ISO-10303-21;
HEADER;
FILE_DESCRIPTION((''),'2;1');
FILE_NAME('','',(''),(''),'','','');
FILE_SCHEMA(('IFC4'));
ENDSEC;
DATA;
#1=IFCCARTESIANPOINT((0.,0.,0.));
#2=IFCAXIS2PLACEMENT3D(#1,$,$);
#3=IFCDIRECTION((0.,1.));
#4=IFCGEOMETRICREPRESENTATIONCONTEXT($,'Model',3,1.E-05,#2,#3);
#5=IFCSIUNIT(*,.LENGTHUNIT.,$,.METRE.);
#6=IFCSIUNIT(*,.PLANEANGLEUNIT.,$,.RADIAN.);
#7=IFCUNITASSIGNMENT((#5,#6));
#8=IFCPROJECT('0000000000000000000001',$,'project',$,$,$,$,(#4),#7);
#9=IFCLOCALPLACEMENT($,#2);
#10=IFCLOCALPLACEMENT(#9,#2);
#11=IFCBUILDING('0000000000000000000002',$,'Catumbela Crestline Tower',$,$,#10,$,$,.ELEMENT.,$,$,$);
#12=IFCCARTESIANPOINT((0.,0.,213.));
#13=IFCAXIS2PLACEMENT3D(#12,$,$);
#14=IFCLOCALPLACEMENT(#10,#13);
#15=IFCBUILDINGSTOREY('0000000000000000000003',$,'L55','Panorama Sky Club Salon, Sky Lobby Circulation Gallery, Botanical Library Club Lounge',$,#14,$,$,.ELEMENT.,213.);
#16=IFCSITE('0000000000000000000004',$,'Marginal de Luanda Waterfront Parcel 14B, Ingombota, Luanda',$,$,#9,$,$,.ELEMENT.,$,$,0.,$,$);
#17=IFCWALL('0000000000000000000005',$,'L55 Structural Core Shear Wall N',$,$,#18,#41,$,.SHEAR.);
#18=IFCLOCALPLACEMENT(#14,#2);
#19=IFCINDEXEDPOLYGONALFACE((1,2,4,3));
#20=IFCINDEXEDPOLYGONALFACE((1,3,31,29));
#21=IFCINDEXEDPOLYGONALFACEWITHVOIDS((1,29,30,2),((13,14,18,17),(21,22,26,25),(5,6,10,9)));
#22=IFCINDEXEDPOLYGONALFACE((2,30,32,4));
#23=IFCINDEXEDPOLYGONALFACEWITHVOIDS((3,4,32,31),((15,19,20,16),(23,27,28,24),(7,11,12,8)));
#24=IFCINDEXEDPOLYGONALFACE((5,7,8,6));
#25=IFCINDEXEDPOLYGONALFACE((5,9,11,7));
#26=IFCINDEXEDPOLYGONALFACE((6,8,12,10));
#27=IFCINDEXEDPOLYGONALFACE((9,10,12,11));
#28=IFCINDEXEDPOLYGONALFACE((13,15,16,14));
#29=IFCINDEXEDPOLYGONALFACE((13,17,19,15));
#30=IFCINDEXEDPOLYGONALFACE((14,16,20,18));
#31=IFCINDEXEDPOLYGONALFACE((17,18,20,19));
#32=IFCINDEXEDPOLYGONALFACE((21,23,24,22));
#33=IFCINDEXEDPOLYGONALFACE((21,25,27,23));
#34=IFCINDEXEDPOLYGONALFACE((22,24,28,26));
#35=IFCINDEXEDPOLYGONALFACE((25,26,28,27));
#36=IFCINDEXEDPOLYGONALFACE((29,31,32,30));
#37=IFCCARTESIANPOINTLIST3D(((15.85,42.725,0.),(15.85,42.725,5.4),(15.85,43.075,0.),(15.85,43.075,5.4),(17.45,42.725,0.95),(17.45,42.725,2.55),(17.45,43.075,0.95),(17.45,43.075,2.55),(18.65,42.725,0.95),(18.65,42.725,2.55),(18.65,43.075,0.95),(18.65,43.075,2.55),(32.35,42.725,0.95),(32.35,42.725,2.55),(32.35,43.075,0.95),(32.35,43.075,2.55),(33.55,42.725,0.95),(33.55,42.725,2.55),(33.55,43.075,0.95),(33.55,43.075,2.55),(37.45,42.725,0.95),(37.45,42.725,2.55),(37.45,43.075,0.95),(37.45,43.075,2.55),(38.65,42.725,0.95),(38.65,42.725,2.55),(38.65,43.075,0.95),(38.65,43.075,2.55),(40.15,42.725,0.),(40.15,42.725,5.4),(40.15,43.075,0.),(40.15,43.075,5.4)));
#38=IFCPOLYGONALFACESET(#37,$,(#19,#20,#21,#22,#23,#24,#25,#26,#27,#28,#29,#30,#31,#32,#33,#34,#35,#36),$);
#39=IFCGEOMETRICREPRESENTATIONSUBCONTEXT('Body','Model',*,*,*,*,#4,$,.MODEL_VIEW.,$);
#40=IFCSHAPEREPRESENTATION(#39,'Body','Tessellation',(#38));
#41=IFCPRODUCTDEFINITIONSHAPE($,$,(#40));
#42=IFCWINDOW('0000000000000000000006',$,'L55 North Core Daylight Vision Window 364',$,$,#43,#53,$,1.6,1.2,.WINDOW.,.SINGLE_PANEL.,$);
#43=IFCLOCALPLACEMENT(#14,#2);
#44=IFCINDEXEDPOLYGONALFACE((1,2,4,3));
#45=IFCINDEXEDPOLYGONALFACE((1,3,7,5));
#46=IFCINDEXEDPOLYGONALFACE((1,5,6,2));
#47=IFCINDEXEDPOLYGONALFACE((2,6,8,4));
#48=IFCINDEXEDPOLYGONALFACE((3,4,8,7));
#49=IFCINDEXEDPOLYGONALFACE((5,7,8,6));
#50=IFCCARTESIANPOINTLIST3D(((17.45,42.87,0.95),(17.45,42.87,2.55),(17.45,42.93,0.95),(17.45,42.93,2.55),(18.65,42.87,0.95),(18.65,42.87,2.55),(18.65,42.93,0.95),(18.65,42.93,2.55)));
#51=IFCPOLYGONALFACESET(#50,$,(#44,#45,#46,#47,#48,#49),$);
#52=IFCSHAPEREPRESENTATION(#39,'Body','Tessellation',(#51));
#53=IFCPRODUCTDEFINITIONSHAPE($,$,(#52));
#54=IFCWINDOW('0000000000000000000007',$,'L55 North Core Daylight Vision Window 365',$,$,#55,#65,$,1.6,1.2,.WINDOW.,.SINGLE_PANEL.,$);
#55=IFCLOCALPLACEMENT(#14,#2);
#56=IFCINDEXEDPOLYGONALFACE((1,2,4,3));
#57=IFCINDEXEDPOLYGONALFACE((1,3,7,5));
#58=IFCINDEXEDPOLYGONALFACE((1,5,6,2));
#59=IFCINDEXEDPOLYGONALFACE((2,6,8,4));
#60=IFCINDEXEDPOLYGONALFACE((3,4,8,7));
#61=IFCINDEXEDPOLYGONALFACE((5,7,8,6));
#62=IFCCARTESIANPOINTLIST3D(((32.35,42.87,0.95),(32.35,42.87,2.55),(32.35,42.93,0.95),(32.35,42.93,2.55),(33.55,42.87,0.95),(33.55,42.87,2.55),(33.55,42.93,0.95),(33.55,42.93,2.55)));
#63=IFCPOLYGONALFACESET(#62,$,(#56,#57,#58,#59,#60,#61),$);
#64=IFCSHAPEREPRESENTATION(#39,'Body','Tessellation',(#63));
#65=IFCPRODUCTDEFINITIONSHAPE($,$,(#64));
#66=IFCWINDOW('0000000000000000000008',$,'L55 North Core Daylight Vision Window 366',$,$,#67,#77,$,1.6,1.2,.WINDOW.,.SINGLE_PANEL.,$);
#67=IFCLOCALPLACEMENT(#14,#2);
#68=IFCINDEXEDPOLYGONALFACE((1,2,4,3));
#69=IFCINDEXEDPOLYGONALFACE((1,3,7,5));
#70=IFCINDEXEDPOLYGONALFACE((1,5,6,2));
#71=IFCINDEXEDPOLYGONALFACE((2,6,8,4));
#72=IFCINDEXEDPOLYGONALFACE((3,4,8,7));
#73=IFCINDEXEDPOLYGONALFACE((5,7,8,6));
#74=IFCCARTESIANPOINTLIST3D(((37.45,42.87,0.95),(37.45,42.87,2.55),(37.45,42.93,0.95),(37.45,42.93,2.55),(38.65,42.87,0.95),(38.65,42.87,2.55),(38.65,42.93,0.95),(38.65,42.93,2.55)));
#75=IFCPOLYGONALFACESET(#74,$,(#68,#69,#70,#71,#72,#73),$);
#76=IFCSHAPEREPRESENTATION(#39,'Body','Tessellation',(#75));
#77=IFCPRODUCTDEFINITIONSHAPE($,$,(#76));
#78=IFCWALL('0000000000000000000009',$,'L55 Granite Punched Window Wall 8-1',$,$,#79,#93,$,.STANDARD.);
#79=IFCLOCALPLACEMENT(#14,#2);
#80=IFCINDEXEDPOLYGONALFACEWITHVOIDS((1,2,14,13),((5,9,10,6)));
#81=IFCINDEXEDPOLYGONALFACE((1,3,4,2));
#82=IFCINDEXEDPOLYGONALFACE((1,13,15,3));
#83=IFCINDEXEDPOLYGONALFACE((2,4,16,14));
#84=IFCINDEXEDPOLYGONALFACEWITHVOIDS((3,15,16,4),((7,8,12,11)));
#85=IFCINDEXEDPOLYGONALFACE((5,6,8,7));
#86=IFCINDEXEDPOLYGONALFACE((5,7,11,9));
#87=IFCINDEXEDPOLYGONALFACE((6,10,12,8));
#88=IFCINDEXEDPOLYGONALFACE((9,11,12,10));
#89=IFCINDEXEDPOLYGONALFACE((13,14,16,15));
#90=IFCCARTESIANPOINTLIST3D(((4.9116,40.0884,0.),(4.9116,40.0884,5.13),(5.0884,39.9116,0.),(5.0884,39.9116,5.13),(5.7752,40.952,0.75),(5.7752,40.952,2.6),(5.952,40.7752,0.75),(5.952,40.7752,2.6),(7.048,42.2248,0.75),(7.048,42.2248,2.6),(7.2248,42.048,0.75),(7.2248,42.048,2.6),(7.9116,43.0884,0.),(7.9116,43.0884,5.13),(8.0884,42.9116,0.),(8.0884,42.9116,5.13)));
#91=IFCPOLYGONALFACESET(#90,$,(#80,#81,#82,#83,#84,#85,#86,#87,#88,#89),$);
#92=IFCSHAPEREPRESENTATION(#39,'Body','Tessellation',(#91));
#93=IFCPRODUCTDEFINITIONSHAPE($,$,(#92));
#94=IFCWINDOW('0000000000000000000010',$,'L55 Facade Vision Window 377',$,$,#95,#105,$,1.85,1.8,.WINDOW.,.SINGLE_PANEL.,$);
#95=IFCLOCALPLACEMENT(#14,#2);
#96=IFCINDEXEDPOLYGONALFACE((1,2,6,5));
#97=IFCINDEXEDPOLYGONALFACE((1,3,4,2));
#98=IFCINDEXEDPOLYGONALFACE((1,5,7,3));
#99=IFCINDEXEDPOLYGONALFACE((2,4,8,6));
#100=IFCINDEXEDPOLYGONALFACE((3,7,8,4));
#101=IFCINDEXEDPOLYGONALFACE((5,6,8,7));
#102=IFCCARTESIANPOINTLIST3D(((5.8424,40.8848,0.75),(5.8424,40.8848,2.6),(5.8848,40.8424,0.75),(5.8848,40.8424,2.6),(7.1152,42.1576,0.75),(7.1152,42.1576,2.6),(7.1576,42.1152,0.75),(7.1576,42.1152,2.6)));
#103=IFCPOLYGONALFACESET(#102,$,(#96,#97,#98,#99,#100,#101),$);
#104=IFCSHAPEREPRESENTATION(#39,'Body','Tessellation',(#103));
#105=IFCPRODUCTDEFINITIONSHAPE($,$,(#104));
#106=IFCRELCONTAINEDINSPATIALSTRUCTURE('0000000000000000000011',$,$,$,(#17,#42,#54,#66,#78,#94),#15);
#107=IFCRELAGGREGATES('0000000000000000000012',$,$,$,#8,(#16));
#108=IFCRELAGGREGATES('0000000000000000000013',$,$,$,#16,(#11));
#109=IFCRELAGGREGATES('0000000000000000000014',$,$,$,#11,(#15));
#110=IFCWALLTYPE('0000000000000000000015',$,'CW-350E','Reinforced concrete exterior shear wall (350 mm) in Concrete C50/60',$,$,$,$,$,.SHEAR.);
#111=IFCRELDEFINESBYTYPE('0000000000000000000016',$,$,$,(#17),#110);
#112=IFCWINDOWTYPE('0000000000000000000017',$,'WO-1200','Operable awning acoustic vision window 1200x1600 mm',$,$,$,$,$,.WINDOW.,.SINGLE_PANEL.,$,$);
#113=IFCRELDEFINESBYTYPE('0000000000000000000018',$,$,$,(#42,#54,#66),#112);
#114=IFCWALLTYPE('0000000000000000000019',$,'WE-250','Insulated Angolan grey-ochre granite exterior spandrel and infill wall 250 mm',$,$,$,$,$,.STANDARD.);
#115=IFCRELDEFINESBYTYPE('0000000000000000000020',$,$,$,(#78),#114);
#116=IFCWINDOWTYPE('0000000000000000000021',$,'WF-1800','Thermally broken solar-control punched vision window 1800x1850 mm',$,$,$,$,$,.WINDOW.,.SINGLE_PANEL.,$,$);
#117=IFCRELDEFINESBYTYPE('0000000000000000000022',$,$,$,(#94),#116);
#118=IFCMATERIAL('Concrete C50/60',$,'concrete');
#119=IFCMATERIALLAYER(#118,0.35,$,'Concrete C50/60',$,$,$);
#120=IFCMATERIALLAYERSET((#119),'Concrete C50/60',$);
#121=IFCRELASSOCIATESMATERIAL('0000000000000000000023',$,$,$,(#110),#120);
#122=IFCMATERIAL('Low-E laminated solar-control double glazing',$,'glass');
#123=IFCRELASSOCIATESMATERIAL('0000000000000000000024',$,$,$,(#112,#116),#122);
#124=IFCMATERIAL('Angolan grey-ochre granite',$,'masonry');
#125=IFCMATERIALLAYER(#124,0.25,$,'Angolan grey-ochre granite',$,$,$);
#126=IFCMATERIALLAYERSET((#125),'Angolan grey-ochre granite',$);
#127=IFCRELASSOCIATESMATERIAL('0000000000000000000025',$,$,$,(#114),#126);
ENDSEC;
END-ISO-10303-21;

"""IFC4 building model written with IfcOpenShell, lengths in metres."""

from ifc_helpers import new_model, si_unit, direction, frame, frame_2d, origin, place, context, subcontext, project, spatial, rectangle, extrude, material, layer, layer_set, type_object, element, fill, save


model = new_model("IFC4")

# Units and contexts
model_context = context("Model", 3, precision=1e-05, world=origin(), true_north=direction((0.0, 1.0)))
body_context = subcontext(model_context, "Body", "Model", "MODEL_VIEW")
ifc_project = project(units=[si_unit("LENGTHUNIT", "METRE"), si_unit("PLANEANGLEUNIT", "RADIAN")], contexts=[model_context])

# Site, building, storey
site_placement = place(None, origin())
site = spatial("IfcSite", under=ifc_project, at=site_placement, Name="Marginal de Luanda Waterfront Parcel 14B, Ingombota, Luanda", CompositionType="ELEMENT", RefElevation=0.0)
building_placement = place(site_placement, origin())
building = spatial("IfcBuilding", under=site, at=building_placement, Name="Catumbela Crestline Tower", CompositionType="ELEMENT")
storey_placement = place(building_placement, frame((0.0, 0.0, 213.0)))
storey = spatial("IfcBuildingStorey", under=building, at=storey_placement, Name="L55", Description="Panorama Sky Club Salon, Sky Lobby Circulation Gallery, Botanical Library Club Lounge", CompositionType="ELEMENT", Elevation=213.0)

# Shared definitions
ifc_material_1 = material(Name="Low-E laminated solar-control double glazing", Category="glass")

# Wall, openings, windows
ifc_material_2 = material(Name="Concrete C50/60", Category="concrete")
ifc_layer_1 = layer(ifc_material_2, 0.35, Name="Concrete C50/60")
ifc_layer_set_1 = layer_set([ifc_layer_1], Name="Concrete C50/60")
wall_type_1 = type_object("IfcWallType", Name="CW-350E", Description="Reinforced concrete exterior shear wall (350 mm) in Concrete C50/60", PredefinedType="SHEAR", material=ifc_layer_set_1)
wall_1_placement = place(storey_placement, frame((15.85, 42.9, 0.0), z_axis=(0.0, 0.0, 1.0), x_axis=(1.0, 0.0, 0.0)))
wall_1 = element("IfcWall", 1, at=wall_1_placement, inside=storey, type_object=wall_type_1, Name="L55 Structural Core Shear Wall N", PredefinedType="SHEAR", context=body_context, shape_type="SweptSolid", body=[
    extrude(rectangle(XDim=24.3, YDim=0.35, at=frame_2d((12.15, 0.0))), origin(), (0.0, 0.0, 1.0), 5.4),
])
opening_1_placement = place(wall_1_placement, frame((1.6, 0.0, 0.95)))
opening_1 = element("IfcOpeningElement", 2, at=opening_1_placement, cuts=wall_1, PredefinedType="OPENING", context=body_context, shape_type="SweptSolid", body=[
    extrude(rectangle(XDim=1.2, YDim=1.6, at=frame_2d((0.6, 0.8))), frame((0.0, 0.185, 0.0), z_axis=(0.0, -1.0, 0.0), x_axis=(1.0, 0.0, 0.0)), (0.0, 0.0, 1.0), 0.37),
])
opening_2_placement = place(wall_1_placement, frame((16.5, 0.0, 0.95)))
opening_2 = element("IfcOpeningElement", 3, at=opening_2_placement, cuts=wall_1, PredefinedType="OPENING", context=body_context, shape_type="SweptSolid", body=[
    extrude(rectangle(XDim=1.2, YDim=1.6, at=frame_2d((0.6, 0.8))), frame((0.0, 0.185, 0.0), z_axis=(0.0, -1.0, 0.0), x_axis=(1.0, 0.0, 0.0)), (0.0, 0.0, 1.0), 0.37),
])
opening_3_placement = place(wall_1_placement, frame((21.6, 0.0, 0.95)))
opening_3 = element("IfcOpeningElement", 4, at=opening_3_placement, cuts=wall_1, PredefinedType="OPENING", context=body_context, shape_type="SweptSolid", body=[
    extrude(rectangle(XDim=1.2, YDim=1.6, at=frame_2d((0.6, 0.8))), frame((0.0, 0.185, 0.0), z_axis=(0.0, -1.0, 0.0), x_axis=(1.0, 0.0, 0.0)), (0.0, 0.0, 1.0), 0.37),
])
window_type_1 = type_object("IfcWindowType", Name="WO-1200", Description="Operable awning acoustic vision window 1200x1600 mm", PartitioningType="SINGLE_PANEL", PredefinedType="WINDOW", material=ifc_material_1)
window_1_placement = place(opening_1_placement, origin())
window_1 = element("IfcWindow", 5, at=window_1_placement, inside=storey, type_object=window_type_1, Name="L55 North Core Daylight Vision Window 364", OverallHeight=1.6, OverallWidth=1.2, PartitioningType="SINGLE_PANEL", PredefinedType="WINDOW", context=body_context, shape_type="SweptSolid", body=[
    extrude(rectangle(XDim=1.2, YDim=1.6, at=frame_2d((0.6, 0.8))), frame((0.0, 0.03, 0.0), z_axis=(0.0, -1.0, 0.0), x_axis=(1.0, 0.0, 0.0)), (0.0, 0.0, 1.0), 0.06),
])
fill(opening_1, window_1)
window_2_placement = place(opening_2_placement, origin())
window_2 = element("IfcWindow", 6, at=window_2_placement, inside=storey, type_object=window_type_1, Name="L55 North Core Daylight Vision Window 365", OverallHeight=1.6, OverallWidth=1.2, PartitioningType="SINGLE_PANEL", PredefinedType="WINDOW", context=body_context, shape_type="SweptSolid", body=[
    extrude(rectangle(XDim=1.2, YDim=1.6, at=frame_2d((0.6, 0.8))), frame((0.0, 0.03, 0.0), z_axis=(0.0, -1.0, 0.0), x_axis=(1.0, 0.0, 0.0)), (0.0, 0.0, 1.0), 0.06),
])
fill(opening_2, window_2)
window_3_placement = place(opening_3_placement, origin())
window_3 = element("IfcWindow", 7, at=window_3_placement, inside=storey, type_object=window_type_1, Name="L55 North Core Daylight Vision Window 366", OverallHeight=1.6, OverallWidth=1.2, PartitioningType="SINGLE_PANEL", PredefinedType="WINDOW", context=body_context, shape_type="SweptSolid", body=[
    extrude(rectangle(XDim=1.2, YDim=1.6, at=frame_2d((0.6, 0.8))), frame((0.0, 0.03, 0.0), z_axis=(0.0, -1.0, 0.0), x_axis=(1.0, 0.0, 0.0)), (0.0, 0.0, 1.0), 0.06),
])
fill(opening_3, window_3)

# Wall, opening, window
ifc_material_3 = material(Name="Angolan grey-ochre granite", Category="masonry")
ifc_layer_2 = layer(ifc_material_3, 0.25, Name="Angolan grey-ochre granite")
ifc_layer_set_2 = layer_set([ifc_layer_2], Name="Angolan grey-ochre granite")
wall_type_2 = type_object("IfcWallType", Name="WE-250", Description="Insulated Angolan grey-ochre granite exterior spandrel and infill wall 250 mm", PredefinedType="STANDARD", material=ifc_layer_set_2)
wall_2_placement = place(storey_placement, frame((8.0, 43.0, 0.0), z_axis=(0.0, 0.0, 1.0), x_axis=(-0.707107, -0.707107, 0.0)))
wall_2 = element("IfcWall", 8, at=wall_2_placement, inside=storey, type_object=wall_type_2, Name="L55 Granite Punched Window Wall 8-1", PredefinedType="STANDARD", context=body_context, shape_type="SweptSolid", body=[
    extrude(rectangle(XDim=4.2426, YDim=0.25, at=frame_2d((2.1213, 0.0))), origin(), (0.0, 0.0, 1.0), 5.13),
])
opening_4_placement = place(wall_2_placement, frame((1.2213, 0.0, 0.75)))
opening_4 = element("IfcOpeningElement", 9, at=opening_4_placement, cuts=wall_2, PredefinedType="OPENING", context=body_context, shape_type="SweptSolid", body=[
    extrude(rectangle(XDim=1.8, YDim=1.85, at=frame_2d((0.9, 0.925))), frame((0.0, 0.135, 0.0), z_axis=(0.0, -1.0, 0.0), x_axis=(1.0, 0.0, 0.0)), (0.0, 0.0, 1.0), 0.27),
])
window_type_2 = type_object("IfcWindowType", Name="WF-1800", Description="Thermally broken solar-control punched vision window 1800x1850 mm", PartitioningType="SINGLE_PANEL", PredefinedType="WINDOW", material=ifc_material_1)
window_4_placement = place(opening_4_placement, origin())
window_4 = element("IfcWindow", 10, at=window_4_placement, inside=storey, type_object=window_type_2, Name="L55 Facade Vision Window 377", OverallHeight=1.85, OverallWidth=1.8, PartitioningType="SINGLE_PANEL", PredefinedType="WINDOW", context=body_context, shape_type="SweptSolid", body=[
    extrude(rectangle(XDim=1.8, YDim=1.85, at=frame_2d((0.9, 0.925))), frame((0.0, 0.03, 0.0), z_axis=(0.0, -1.0, 0.0), x_axis=(1.0, 0.0, 0.0)), (0.0, 0.0, 1.0), 0.06),
])
fill(opening_4, window_4)

save(model, "model.ifc")
